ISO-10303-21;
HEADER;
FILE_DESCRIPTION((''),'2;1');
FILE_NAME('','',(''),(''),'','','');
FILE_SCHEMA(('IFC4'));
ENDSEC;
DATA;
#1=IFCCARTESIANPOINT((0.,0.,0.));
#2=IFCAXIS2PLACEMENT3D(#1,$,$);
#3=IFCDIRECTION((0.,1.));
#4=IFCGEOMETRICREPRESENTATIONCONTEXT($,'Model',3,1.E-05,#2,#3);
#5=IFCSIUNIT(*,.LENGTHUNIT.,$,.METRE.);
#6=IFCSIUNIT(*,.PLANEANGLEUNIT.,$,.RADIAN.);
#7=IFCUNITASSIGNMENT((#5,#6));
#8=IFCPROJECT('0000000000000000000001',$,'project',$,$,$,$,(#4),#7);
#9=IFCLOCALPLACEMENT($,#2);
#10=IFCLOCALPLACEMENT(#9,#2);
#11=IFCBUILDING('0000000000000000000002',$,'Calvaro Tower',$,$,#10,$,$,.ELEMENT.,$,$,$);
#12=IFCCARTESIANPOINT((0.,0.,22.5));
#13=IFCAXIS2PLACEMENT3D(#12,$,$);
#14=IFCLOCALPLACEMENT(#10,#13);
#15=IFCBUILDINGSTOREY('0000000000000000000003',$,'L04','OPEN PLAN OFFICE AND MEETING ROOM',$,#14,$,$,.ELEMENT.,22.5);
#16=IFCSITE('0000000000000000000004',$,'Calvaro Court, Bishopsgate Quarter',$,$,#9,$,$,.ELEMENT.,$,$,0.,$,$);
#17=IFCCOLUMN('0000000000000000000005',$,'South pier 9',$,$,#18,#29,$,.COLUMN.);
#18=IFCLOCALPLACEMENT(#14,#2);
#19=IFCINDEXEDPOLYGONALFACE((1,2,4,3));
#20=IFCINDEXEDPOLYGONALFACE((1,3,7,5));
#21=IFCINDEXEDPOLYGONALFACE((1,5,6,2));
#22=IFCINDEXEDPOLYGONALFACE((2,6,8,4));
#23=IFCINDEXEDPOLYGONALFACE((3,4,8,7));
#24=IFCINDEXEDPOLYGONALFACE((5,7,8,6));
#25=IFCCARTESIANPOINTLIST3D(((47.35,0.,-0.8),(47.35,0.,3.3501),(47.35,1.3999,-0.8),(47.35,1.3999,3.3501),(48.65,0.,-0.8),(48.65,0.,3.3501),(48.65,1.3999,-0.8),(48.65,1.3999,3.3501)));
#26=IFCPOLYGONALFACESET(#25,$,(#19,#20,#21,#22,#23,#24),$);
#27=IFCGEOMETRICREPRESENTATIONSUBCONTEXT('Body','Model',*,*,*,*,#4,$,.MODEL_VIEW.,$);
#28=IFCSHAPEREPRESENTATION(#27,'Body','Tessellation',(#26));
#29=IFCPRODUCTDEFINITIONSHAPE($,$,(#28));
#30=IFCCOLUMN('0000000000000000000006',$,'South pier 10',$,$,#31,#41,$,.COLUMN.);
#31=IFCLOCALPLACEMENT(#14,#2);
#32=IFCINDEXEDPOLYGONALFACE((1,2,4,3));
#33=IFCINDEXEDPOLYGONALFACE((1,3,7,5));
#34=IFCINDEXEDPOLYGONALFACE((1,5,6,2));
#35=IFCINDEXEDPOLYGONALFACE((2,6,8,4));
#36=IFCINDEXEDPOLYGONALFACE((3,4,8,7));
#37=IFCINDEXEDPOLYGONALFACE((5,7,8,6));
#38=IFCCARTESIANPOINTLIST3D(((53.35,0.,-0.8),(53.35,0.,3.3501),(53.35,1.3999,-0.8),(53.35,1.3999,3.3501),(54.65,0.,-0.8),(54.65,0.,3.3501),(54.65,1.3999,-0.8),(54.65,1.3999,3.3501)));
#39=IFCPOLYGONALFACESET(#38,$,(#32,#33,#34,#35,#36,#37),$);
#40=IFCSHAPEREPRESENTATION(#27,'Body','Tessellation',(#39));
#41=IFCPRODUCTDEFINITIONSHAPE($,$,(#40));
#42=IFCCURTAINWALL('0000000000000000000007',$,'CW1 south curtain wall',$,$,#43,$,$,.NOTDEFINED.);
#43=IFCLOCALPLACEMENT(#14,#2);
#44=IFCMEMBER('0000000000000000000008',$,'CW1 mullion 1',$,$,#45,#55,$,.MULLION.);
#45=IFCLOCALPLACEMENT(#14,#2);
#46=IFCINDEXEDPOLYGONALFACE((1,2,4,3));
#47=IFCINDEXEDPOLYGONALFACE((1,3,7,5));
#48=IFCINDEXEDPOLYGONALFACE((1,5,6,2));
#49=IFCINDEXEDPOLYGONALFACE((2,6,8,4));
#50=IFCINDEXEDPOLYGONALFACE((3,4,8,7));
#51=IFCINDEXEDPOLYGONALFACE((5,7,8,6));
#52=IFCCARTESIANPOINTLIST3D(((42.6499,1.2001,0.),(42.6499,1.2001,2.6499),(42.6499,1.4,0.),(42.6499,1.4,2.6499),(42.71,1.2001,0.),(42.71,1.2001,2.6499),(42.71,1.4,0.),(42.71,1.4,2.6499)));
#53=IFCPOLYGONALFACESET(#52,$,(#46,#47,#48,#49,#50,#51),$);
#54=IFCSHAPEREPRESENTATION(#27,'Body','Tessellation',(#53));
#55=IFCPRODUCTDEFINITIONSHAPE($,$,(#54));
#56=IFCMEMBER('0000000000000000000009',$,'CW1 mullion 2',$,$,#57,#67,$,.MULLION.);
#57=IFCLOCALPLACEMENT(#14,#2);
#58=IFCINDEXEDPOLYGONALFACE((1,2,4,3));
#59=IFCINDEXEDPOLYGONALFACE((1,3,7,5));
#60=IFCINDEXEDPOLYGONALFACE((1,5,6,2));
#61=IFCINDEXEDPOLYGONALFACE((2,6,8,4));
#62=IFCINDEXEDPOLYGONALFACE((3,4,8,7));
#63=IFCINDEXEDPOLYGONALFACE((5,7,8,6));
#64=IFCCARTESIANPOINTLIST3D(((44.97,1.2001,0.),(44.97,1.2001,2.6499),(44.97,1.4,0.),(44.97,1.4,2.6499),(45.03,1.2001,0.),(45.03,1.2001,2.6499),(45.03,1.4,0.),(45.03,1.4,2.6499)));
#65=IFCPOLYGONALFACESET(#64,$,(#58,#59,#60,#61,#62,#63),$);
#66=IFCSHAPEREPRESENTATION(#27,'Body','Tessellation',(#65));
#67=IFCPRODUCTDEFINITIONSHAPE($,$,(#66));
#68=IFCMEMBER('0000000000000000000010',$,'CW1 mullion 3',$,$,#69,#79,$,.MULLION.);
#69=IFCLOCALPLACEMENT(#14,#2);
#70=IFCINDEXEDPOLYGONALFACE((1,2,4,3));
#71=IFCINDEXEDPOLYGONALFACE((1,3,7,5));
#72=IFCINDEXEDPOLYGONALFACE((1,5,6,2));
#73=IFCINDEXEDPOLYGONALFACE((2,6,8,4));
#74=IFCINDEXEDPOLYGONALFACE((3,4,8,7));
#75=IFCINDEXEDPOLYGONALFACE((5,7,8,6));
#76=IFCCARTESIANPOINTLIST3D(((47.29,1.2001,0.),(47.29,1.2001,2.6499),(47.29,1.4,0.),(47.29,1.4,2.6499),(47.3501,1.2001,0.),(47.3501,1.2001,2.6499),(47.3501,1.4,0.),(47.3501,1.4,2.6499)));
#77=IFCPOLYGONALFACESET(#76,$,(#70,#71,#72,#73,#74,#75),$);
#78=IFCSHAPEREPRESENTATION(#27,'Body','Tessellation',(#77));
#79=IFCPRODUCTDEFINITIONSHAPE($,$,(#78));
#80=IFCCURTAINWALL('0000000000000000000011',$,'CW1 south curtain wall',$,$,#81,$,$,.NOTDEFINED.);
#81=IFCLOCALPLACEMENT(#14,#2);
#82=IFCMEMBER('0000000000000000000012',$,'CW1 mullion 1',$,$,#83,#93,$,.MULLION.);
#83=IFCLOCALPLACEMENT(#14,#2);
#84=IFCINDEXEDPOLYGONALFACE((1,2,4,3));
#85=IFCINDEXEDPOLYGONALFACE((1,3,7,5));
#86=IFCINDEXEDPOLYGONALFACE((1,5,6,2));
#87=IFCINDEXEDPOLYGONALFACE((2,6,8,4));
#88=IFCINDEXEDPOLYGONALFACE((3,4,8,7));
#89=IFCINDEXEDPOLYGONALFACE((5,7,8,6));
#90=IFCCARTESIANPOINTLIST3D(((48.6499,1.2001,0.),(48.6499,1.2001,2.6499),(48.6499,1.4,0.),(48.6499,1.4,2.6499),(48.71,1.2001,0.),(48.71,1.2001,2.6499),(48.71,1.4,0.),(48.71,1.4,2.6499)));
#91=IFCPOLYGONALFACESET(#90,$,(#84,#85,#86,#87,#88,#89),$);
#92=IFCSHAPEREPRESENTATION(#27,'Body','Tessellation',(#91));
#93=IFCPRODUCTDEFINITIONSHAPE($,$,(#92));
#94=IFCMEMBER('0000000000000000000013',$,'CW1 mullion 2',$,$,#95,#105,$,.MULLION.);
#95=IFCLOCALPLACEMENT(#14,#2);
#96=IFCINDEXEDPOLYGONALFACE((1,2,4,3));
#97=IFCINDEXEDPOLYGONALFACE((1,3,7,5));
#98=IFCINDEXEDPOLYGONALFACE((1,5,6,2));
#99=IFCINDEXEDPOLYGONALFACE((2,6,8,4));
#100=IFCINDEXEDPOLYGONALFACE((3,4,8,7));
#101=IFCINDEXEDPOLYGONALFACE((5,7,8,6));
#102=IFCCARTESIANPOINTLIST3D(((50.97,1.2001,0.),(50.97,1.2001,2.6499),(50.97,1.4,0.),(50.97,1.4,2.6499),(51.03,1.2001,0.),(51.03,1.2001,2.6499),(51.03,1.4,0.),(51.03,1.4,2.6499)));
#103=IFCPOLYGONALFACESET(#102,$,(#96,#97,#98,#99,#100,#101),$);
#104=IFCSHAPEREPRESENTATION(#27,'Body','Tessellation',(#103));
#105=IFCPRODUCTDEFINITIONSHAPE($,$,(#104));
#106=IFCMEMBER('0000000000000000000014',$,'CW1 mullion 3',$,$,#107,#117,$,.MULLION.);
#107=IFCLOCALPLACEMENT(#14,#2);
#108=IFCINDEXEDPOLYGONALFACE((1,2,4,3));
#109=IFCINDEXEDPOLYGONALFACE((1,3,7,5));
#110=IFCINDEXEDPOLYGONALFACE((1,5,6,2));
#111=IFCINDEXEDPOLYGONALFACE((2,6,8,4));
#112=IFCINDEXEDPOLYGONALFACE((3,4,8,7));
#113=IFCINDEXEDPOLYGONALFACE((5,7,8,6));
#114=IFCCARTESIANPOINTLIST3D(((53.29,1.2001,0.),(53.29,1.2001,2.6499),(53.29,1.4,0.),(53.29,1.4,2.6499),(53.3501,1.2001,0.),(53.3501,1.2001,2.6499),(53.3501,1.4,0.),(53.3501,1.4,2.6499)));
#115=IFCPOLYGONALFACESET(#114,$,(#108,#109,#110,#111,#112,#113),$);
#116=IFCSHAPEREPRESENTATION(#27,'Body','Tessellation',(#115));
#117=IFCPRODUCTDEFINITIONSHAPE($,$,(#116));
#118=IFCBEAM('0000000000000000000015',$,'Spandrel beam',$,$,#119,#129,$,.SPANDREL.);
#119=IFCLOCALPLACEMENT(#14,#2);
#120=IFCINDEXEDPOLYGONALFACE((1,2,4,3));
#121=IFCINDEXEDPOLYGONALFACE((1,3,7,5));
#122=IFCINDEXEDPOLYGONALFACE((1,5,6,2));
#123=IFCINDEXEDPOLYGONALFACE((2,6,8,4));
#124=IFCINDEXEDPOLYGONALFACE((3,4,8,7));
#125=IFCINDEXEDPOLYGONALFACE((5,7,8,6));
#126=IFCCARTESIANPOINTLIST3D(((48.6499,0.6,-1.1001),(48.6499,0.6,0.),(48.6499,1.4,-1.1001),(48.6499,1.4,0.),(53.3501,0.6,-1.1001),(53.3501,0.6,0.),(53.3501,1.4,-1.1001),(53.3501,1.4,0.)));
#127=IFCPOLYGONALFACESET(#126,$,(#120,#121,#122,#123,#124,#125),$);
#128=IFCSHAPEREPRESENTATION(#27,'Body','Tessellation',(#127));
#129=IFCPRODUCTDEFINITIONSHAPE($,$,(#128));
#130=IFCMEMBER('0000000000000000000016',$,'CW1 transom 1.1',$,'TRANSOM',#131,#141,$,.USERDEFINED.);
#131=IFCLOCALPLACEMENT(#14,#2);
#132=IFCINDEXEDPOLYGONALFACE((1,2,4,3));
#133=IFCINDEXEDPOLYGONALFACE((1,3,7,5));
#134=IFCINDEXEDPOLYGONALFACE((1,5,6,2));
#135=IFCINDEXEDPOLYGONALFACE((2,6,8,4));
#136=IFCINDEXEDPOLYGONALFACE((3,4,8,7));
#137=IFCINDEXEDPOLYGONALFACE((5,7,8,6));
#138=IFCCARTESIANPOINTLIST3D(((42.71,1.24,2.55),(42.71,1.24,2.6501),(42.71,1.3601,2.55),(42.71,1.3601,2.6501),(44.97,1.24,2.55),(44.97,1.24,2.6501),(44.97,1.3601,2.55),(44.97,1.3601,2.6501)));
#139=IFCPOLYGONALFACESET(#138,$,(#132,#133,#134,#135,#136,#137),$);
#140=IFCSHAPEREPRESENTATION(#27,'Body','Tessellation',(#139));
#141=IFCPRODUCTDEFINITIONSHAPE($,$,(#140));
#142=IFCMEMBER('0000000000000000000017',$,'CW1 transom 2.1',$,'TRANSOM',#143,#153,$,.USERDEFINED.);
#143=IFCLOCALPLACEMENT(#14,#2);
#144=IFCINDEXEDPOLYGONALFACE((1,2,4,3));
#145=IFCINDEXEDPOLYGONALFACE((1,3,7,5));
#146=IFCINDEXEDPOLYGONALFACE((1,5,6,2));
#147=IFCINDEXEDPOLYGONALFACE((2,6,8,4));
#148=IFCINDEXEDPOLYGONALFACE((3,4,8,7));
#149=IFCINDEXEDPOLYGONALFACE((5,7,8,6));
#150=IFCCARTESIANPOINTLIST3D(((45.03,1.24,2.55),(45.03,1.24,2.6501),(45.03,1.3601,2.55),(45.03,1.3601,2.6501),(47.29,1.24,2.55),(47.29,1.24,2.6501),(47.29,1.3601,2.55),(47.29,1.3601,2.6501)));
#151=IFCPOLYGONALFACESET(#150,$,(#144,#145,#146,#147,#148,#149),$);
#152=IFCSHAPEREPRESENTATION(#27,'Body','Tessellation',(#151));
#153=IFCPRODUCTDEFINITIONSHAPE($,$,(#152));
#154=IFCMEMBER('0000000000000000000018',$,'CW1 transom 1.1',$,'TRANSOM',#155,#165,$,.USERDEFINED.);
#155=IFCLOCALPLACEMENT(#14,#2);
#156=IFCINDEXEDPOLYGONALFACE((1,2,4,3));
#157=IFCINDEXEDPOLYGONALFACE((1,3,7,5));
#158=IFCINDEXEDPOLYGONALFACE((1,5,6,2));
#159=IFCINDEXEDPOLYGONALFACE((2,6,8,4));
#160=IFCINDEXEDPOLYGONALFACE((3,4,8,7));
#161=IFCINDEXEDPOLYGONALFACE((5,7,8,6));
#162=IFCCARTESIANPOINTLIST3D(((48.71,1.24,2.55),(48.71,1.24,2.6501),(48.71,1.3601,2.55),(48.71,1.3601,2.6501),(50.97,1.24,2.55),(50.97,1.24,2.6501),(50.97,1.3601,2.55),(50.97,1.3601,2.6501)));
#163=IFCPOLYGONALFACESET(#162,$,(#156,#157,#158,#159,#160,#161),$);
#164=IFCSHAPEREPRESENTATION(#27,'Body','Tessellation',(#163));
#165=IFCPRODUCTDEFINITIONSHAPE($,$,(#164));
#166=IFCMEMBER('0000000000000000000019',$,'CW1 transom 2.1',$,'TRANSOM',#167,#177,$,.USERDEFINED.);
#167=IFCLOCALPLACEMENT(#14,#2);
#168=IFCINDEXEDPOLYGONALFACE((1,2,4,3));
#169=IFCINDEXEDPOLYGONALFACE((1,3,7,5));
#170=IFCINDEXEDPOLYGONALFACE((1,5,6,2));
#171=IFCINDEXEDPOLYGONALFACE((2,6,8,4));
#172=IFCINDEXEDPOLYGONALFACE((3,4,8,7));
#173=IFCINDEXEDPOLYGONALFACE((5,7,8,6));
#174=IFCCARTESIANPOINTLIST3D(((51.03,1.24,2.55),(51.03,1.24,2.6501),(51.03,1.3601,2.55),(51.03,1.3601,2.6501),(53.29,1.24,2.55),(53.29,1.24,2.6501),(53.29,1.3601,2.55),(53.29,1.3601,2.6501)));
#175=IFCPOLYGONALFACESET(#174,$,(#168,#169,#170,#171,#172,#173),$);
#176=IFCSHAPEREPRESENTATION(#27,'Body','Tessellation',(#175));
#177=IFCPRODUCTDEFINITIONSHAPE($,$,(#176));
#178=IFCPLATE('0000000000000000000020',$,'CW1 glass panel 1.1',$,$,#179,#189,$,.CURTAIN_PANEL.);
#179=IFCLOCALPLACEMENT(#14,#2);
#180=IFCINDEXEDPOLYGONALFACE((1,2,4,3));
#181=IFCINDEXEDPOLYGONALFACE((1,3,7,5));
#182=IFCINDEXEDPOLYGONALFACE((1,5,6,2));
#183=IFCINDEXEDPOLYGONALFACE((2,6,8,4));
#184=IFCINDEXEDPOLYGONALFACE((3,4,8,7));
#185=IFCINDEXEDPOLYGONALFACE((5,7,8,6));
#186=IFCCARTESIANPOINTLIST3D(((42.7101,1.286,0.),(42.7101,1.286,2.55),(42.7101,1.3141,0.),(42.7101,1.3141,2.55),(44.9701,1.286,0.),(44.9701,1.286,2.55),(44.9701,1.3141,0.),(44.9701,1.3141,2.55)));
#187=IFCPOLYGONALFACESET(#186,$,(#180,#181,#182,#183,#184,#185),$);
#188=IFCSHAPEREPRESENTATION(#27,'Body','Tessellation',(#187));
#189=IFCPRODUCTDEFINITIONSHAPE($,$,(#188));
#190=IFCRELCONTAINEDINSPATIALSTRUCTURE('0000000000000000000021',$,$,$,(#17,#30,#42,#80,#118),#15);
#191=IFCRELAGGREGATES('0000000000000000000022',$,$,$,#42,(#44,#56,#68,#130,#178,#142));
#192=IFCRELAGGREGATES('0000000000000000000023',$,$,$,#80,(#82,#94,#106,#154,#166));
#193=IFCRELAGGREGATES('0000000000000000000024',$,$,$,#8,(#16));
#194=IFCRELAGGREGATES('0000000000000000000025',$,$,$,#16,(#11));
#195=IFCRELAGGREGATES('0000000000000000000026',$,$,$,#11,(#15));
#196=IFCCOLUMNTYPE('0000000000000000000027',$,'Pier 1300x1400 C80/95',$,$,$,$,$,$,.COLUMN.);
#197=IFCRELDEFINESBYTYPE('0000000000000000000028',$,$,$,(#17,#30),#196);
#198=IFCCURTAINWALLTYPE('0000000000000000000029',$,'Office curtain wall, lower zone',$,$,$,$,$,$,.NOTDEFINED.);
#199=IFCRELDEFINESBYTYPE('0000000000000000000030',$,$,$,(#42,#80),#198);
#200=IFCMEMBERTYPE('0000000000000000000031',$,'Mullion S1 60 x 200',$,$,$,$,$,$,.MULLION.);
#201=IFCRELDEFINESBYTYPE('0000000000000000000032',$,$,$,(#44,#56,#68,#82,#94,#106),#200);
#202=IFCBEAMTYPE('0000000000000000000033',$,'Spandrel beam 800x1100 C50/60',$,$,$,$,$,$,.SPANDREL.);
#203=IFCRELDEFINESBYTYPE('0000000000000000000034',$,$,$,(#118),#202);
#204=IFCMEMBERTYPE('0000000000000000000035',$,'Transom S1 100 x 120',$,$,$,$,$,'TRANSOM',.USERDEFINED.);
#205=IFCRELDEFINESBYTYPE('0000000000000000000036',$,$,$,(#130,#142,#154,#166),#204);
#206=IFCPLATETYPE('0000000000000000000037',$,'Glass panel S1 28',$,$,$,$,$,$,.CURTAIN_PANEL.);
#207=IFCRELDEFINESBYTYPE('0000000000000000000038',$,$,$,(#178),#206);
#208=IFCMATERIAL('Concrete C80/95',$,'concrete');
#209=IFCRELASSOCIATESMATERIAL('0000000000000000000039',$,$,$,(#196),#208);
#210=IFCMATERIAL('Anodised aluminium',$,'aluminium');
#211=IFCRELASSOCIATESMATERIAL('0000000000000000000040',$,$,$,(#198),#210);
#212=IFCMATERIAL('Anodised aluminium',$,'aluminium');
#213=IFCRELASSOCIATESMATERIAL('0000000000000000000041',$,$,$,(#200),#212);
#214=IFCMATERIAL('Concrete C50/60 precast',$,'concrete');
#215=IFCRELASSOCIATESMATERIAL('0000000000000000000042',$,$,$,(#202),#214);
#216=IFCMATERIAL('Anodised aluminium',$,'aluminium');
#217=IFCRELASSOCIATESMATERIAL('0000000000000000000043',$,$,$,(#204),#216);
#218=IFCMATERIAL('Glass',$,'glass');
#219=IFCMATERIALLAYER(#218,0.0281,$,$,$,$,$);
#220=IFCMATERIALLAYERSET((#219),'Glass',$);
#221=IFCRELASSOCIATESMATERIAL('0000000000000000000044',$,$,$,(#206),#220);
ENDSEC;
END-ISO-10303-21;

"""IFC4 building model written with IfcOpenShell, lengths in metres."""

from ifc_helpers import new_model, si_unit, direction, frame, origin, origin_2d, place, context, subcontext, project, spatial, rectangle, extrude, material, layer, layer_set, material_profile, profile_set, type_object, element, aggregate, save


model = new_model("IFC4")

# Units and contexts
model_context = context("Model", 3, precision=1e-05, world=origin(), true_north=direction((0.0, 1.0)))
body_context = subcontext(model_context, "Body", "Model", "MODEL_VIEW")
ifc_project = project(units=[si_unit("LENGTHUNIT", "METRE"), si_unit("PLANEANGLEUNIT", "RADIAN")], contexts=[model_context])

# Site, building, storey
site_placement = place(None, origin())
site = spatial("IfcSite", under=ifc_project, at=site_placement, Name="Calvaro Court, Bishopsgate Quarter", CompositionType="ELEMENT", RefElevation=0.0)
building_placement = place(site_placement, origin())
building = spatial("IfcBuilding", under=site, at=building_placement, Name="Calvaro Tower", CompositionType="ELEMENT")
storey_placement = place(building_placement, frame((0.0, 0.0, 22.5)))
storey = spatial("IfcBuildingStorey", under=building, at=storey_placement, Name="L04", Description="OPEN PLAN OFFICE AND MEETING ROOM", CompositionType="ELEMENT", Elevation=22.5)

# Columns
ifc_material_1 = material(Name="Concrete C80/95", Category="concrete")
ifc_material_profile_1 = material_profile(ifc_material_1, rectangle(XDim=1.3, YDim=1.3999, at=origin_2d()), Name="RC 1300x1400")
ifc_profile_set_1 = profile_set([ifc_material_profile_1], Name="Concrete C80/95")
column_type = type_object("IfcColumnType", Name="Pier 1300x1400 C80/95", PredefinedType="COLUMN", material=ifc_profile_set_1)
for number, where, z_axis, x_axis, name in (
    (1, (48.0, 0.7, -0.8), (0.0, 0.0, 1.0), (1.0, 0.0, 0.0), "South pier 9"),
    (2, (54.0, 0.7, -0.8), (0.0, 0.0, 1.0), (1.0, 0.0, 0.0), "South pier 10"),
):
    element("IfcColumn", number, at=place(storey_placement, frame(where, z_axis=z_axis, x_axis=x_axis)), inside=storey, type_object=column_type, Name=name, PredefinedType="COLUMN", context=body_context, shape_type="SweptSolid", body=[
        extrude(rectangle(XDim=1.3, YDim=1.3999, at=origin_2d()), origin(), (0.0, 0.0, 1.0), 4.1501),
    ])

# Curtain walls, members
ifc_material_2 = material(Name="Anodised aluminium", Category="aluminium")
curtain_wall_type = type_object("IfcCurtainWallType", Name="Office curtain wall, lower zone", PredefinedType="NOTDEFINED", material=ifc_material_2)
curtain_wall_1_placement = place(storey_placement, origin())
curtain_wall_1 = element("IfcCurtainWall", 3, at=curtain_wall_1_placement, inside=storey, type_object=curtain_wall_type, Name="CW1 south curtain wall", PredefinedType="NOTDEFINED")
ifc_material_3 = material(Name="Anodised aluminium", Category="aluminium")
ifc_material_profile_2 = material_profile(ifc_material_3, rectangle(XDim=0.2, YDim=0.0601, at=origin_2d()), Name="Mullion S1 60 x 200")
ifc_profile_set_2 = profile_set([ifc_material_profile_2], Name="Anodised aluminium")
member_type_1 = type_object("IfcMemberType", Name="Mullion S1 60 x 200", PredefinedType="MULLION", material=ifc_profile_set_2)
member_1_placement = place(storey_placement, frame((42.6799, 1.3, 0.0), z_axis=(0.0, 0.0, 1.0), x_axis=(0.0, 1.0, 0.0)))
member_1 = element("IfcMember", 4, at=member_1_placement, type_object=member_type_1, Name="CW1 mullion 1", PredefinedType="MULLION", context=body_context, shape_type="SweptSolid", body=[
    extrude(rectangle(XDim=0.2, YDim=0.0601, at=origin_2d()), origin(), (0.0, 0.0, 1.0), 2.6499),
])
member_2_placement = place(storey_placement, frame((45.0, 1.3, 0.0), z_axis=(0.0, 0.0, 1.0), x_axis=(0.0, 1.0, 0.0)))
member_2 = element("IfcMember", 5, at=member_2_placement, type_object=member_type_1, Name="CW1 mullion 2", PredefinedType="MULLION", context=body_context, shape_type="SweptSolid", body=[
    extrude(rectangle(XDim=0.2, YDim=0.0601, at=origin_2d()), origin(), (0.0, 0.0, 1.0), 2.6499),
])
member_3_placement = place(storey_placement, frame((47.3201, 1.3, 0.0), z_axis=(0.0, 0.0, 1.0), x_axis=(0.0, 1.0, 0.0)))
member_3 = element("IfcMember", 6, at=member_3_placement, type_object=member_type_1, Name="CW1 mullion 3", PredefinedType="MULLION", context=body_context, shape_type="SweptSolid", body=[
    extrude(rectangle(XDim=0.2, YDim=0.0601, at=origin_2d()), origin(), (0.0, 0.0, 1.0), 2.6499),
])
curtain_wall_2_placement = place(storey_placement, origin())
curtain_wall_2 = element("IfcCurtainWall", 7, at=curtain_wall_2_placement, inside=storey, type_object=curtain_wall_type, Name="CW1 south curtain wall", PredefinedType="NOTDEFINED")
member_4_placement = place(storey_placement, frame((48.6799, 1.3, 0.0), z_axis=(0.0, 0.0, 1.0), x_axis=(0.0, 1.0, 0.0)))
member_4 = element("IfcMember", 8, at=member_4_placement, type_object=member_type_1, Name="CW1 mullion 1", PredefinedType="MULLION", context=body_context, shape_type="SweptSolid", body=[
    extrude(rectangle(XDim=0.2, YDim=0.0601, at=origin_2d()), origin(), (0.0, 0.0, 1.0), 2.6499),
])
member_5_placement = place(storey_placement, frame((51.0, 1.3, 0.0), z_axis=(0.0, 0.0, 1.0), x_axis=(0.0, 1.0, 0.0)))
member_5 = element("IfcMember", 9, at=member_5_placement, type_object=member_type_1, Name="CW1 mullion 2", PredefinedType="MULLION", context=body_context, shape_type="SweptSolid", body=[
    extrude(rectangle(XDim=0.2, YDim=0.0601, at=origin_2d()), origin(), (0.0, 0.0, 1.0), 2.6499),
])
member_6_placement = place(storey_placement, frame((53.3201, 1.3, 0.0), z_axis=(0.0, 0.0, 1.0), x_axis=(0.0, 1.0, 0.0)))
member_6 = element("IfcMember", 10, at=member_6_placement, type_object=member_type_1, Name="CW1 mullion 3", PredefinedType="MULLION", context=body_context, shape_type="SweptSolid", body=[
    extrude(rectangle(XDim=0.2, YDim=0.0601, at=origin_2d()), origin(), (0.0, 0.0, 1.0), 2.6499),
])

# Beam
ifc_material_4 = material(Name="Concrete C50/60 precast", Category="concrete")
ifc_material_profile_3 = material_profile(ifc_material_4, rectangle(XDim=0.8, YDim=1.1001, at=origin_2d()), Name="RC 800x1100")
ifc_profile_set_3 = profile_set([ifc_material_profile_3], Name="Concrete C50/60 precast")
beam_type = type_object("IfcBeamType", Name="Spandrel beam 800x1100 C50/60", PredefinedType="SPANDREL", material=ifc_profile_set_3)
beam_placement = place(storey_placement, frame((48.6499, 1.0, -0.55), z_axis=(1.0, 0.0, 0.0), x_axis=(0.0, 1.0, 0.0)))
element("IfcBeam", 11, at=beam_placement, inside=storey, type_object=beam_type, Name="Spandrel beam", PredefinedType="SPANDREL", context=body_context, shape_type="SweptSolid", body=[
    extrude(rectangle(XDim=0.8, YDim=1.1001, at=origin_2d()), origin(), (0.0, 0.0, 1.0), 4.7002),
])

# Members
ifc_material_5 = material(Name="Anodised aluminium", Category="aluminium")
ifc_material_profile_4 = material_profile(ifc_material_5, rectangle(XDim=0.1201, YDim=0.1001, at=origin_2d()), Name="Transom S1 100 x 120")
ifc_profile_set_4 = profile_set([ifc_material_profile_4], Name="Anodised aluminium")
member_type_2 = type_object("IfcMemberType", Name="Transom S1 100 x 120", ElementType="TRANSOM", PredefinedType="USERDEFINED", material=ifc_profile_set_4)
member_7_placement = place(storey_placement, frame((42.71, 1.3, 2.6001), z_axis=(1.0, 0.0, 0.0), x_axis=(0.0, 1.0, 0.0)))
member_7 = element("IfcMember", 12, at=member_7_placement, type_object=member_type_2, Name="CW1 transom 1.1", ObjectType="TRANSOM", PredefinedType="USERDEFINED", context=body_context, shape_type="SweptSolid", body=[
    extrude(rectangle(XDim=0.1201, YDim=0.1001, at=origin_2d()), origin(), (0.0, 0.0, 1.0), 2.26),
])
member_8_placement = place(storey_placement, frame((45.03, 1.3, 2.6001), z_axis=(1.0, 0.0, 0.0), x_axis=(0.0, 1.0, 0.0)))
member_8 = element("IfcMember", 13, at=member_8_placement, type_object=member_type_2, Name="CW1 transom 2.1", ObjectType="TRANSOM", PredefinedType="USERDEFINED", context=body_context, shape_type="SweptSolid", body=[
    extrude(rectangle(XDim=0.1201, YDim=0.1001, at=origin_2d()), origin(), (0.0, 0.0, 1.0), 2.26),
])
member_9_placement = place(storey_placement, frame((48.71, 1.3, 2.6001), z_axis=(1.0, 0.0, 0.0), x_axis=(0.0, 1.0, 0.0)))
member_9 = element("IfcMember", 14, at=member_9_placement, type_object=member_type_2, Name="CW1 transom 1.1", ObjectType="TRANSOM", PredefinedType="USERDEFINED", context=body_context, shape_type="SweptSolid", body=[
    extrude(rectangle(XDim=0.1201, YDim=0.1001, at=origin_2d()), origin(), (0.0, 0.0, 1.0), 2.26),
])
member_10_placement = place(storey_placement, frame((51.03, 1.3, 2.6001), z_axis=(1.0, 0.0, 0.0), x_axis=(0.0, 1.0, 0.0)))
member_10 = element("IfcMember", 15, at=member_10_placement, type_object=member_type_2, Name="CW1 transom 2.1", ObjectType="TRANSOM", PredefinedType="USERDEFINED", context=body_context, shape_type="SweptSolid", body=[
    extrude(rectangle(XDim=0.1201, YDim=0.1001, at=origin_2d()), origin(), (0.0, 0.0, 1.0), 2.26),
])

# Plate
ifc_material_6 = material(Name="Glass", Category="glass")
ifc_layer = layer(ifc_material_6, 0.0281)
ifc_layer_set = layer_set([ifc_layer], Name="Glass")
plate_type = type_object("IfcPlateType", Name="Glass panel S1 28", PredefinedType="CURTAIN_PANEL", material=ifc_layer_set)
plate_1_placement = place(storey_placement, frame((43.8401, 1.3, 0.0), z_axis=(0.0, 0.0, 1.0), x_axis=(1.0, 0.0, 0.0)))
plate_1 = element("IfcPlate", 16, at=plate_1_placement, type_object=plate_type, Name="CW1 glass panel 1.1", PredefinedType="CURTAIN_PANEL", context=body_context, shape_type="SweptSolid", body=[
    extrude(rectangle(XDim=2.26, YDim=0.0281, at=origin_2d()), origin(), (0.0, 0.0, 1.0), 2.55),
])
aggregate(curtain_wall_1, [member_1, member_2, member_3, member_7, plate_1, member_8])
aggregate(curtain_wall_2, [member_4, member_5, member_6, member_9, member_10])

save(model, "model.ifc")
